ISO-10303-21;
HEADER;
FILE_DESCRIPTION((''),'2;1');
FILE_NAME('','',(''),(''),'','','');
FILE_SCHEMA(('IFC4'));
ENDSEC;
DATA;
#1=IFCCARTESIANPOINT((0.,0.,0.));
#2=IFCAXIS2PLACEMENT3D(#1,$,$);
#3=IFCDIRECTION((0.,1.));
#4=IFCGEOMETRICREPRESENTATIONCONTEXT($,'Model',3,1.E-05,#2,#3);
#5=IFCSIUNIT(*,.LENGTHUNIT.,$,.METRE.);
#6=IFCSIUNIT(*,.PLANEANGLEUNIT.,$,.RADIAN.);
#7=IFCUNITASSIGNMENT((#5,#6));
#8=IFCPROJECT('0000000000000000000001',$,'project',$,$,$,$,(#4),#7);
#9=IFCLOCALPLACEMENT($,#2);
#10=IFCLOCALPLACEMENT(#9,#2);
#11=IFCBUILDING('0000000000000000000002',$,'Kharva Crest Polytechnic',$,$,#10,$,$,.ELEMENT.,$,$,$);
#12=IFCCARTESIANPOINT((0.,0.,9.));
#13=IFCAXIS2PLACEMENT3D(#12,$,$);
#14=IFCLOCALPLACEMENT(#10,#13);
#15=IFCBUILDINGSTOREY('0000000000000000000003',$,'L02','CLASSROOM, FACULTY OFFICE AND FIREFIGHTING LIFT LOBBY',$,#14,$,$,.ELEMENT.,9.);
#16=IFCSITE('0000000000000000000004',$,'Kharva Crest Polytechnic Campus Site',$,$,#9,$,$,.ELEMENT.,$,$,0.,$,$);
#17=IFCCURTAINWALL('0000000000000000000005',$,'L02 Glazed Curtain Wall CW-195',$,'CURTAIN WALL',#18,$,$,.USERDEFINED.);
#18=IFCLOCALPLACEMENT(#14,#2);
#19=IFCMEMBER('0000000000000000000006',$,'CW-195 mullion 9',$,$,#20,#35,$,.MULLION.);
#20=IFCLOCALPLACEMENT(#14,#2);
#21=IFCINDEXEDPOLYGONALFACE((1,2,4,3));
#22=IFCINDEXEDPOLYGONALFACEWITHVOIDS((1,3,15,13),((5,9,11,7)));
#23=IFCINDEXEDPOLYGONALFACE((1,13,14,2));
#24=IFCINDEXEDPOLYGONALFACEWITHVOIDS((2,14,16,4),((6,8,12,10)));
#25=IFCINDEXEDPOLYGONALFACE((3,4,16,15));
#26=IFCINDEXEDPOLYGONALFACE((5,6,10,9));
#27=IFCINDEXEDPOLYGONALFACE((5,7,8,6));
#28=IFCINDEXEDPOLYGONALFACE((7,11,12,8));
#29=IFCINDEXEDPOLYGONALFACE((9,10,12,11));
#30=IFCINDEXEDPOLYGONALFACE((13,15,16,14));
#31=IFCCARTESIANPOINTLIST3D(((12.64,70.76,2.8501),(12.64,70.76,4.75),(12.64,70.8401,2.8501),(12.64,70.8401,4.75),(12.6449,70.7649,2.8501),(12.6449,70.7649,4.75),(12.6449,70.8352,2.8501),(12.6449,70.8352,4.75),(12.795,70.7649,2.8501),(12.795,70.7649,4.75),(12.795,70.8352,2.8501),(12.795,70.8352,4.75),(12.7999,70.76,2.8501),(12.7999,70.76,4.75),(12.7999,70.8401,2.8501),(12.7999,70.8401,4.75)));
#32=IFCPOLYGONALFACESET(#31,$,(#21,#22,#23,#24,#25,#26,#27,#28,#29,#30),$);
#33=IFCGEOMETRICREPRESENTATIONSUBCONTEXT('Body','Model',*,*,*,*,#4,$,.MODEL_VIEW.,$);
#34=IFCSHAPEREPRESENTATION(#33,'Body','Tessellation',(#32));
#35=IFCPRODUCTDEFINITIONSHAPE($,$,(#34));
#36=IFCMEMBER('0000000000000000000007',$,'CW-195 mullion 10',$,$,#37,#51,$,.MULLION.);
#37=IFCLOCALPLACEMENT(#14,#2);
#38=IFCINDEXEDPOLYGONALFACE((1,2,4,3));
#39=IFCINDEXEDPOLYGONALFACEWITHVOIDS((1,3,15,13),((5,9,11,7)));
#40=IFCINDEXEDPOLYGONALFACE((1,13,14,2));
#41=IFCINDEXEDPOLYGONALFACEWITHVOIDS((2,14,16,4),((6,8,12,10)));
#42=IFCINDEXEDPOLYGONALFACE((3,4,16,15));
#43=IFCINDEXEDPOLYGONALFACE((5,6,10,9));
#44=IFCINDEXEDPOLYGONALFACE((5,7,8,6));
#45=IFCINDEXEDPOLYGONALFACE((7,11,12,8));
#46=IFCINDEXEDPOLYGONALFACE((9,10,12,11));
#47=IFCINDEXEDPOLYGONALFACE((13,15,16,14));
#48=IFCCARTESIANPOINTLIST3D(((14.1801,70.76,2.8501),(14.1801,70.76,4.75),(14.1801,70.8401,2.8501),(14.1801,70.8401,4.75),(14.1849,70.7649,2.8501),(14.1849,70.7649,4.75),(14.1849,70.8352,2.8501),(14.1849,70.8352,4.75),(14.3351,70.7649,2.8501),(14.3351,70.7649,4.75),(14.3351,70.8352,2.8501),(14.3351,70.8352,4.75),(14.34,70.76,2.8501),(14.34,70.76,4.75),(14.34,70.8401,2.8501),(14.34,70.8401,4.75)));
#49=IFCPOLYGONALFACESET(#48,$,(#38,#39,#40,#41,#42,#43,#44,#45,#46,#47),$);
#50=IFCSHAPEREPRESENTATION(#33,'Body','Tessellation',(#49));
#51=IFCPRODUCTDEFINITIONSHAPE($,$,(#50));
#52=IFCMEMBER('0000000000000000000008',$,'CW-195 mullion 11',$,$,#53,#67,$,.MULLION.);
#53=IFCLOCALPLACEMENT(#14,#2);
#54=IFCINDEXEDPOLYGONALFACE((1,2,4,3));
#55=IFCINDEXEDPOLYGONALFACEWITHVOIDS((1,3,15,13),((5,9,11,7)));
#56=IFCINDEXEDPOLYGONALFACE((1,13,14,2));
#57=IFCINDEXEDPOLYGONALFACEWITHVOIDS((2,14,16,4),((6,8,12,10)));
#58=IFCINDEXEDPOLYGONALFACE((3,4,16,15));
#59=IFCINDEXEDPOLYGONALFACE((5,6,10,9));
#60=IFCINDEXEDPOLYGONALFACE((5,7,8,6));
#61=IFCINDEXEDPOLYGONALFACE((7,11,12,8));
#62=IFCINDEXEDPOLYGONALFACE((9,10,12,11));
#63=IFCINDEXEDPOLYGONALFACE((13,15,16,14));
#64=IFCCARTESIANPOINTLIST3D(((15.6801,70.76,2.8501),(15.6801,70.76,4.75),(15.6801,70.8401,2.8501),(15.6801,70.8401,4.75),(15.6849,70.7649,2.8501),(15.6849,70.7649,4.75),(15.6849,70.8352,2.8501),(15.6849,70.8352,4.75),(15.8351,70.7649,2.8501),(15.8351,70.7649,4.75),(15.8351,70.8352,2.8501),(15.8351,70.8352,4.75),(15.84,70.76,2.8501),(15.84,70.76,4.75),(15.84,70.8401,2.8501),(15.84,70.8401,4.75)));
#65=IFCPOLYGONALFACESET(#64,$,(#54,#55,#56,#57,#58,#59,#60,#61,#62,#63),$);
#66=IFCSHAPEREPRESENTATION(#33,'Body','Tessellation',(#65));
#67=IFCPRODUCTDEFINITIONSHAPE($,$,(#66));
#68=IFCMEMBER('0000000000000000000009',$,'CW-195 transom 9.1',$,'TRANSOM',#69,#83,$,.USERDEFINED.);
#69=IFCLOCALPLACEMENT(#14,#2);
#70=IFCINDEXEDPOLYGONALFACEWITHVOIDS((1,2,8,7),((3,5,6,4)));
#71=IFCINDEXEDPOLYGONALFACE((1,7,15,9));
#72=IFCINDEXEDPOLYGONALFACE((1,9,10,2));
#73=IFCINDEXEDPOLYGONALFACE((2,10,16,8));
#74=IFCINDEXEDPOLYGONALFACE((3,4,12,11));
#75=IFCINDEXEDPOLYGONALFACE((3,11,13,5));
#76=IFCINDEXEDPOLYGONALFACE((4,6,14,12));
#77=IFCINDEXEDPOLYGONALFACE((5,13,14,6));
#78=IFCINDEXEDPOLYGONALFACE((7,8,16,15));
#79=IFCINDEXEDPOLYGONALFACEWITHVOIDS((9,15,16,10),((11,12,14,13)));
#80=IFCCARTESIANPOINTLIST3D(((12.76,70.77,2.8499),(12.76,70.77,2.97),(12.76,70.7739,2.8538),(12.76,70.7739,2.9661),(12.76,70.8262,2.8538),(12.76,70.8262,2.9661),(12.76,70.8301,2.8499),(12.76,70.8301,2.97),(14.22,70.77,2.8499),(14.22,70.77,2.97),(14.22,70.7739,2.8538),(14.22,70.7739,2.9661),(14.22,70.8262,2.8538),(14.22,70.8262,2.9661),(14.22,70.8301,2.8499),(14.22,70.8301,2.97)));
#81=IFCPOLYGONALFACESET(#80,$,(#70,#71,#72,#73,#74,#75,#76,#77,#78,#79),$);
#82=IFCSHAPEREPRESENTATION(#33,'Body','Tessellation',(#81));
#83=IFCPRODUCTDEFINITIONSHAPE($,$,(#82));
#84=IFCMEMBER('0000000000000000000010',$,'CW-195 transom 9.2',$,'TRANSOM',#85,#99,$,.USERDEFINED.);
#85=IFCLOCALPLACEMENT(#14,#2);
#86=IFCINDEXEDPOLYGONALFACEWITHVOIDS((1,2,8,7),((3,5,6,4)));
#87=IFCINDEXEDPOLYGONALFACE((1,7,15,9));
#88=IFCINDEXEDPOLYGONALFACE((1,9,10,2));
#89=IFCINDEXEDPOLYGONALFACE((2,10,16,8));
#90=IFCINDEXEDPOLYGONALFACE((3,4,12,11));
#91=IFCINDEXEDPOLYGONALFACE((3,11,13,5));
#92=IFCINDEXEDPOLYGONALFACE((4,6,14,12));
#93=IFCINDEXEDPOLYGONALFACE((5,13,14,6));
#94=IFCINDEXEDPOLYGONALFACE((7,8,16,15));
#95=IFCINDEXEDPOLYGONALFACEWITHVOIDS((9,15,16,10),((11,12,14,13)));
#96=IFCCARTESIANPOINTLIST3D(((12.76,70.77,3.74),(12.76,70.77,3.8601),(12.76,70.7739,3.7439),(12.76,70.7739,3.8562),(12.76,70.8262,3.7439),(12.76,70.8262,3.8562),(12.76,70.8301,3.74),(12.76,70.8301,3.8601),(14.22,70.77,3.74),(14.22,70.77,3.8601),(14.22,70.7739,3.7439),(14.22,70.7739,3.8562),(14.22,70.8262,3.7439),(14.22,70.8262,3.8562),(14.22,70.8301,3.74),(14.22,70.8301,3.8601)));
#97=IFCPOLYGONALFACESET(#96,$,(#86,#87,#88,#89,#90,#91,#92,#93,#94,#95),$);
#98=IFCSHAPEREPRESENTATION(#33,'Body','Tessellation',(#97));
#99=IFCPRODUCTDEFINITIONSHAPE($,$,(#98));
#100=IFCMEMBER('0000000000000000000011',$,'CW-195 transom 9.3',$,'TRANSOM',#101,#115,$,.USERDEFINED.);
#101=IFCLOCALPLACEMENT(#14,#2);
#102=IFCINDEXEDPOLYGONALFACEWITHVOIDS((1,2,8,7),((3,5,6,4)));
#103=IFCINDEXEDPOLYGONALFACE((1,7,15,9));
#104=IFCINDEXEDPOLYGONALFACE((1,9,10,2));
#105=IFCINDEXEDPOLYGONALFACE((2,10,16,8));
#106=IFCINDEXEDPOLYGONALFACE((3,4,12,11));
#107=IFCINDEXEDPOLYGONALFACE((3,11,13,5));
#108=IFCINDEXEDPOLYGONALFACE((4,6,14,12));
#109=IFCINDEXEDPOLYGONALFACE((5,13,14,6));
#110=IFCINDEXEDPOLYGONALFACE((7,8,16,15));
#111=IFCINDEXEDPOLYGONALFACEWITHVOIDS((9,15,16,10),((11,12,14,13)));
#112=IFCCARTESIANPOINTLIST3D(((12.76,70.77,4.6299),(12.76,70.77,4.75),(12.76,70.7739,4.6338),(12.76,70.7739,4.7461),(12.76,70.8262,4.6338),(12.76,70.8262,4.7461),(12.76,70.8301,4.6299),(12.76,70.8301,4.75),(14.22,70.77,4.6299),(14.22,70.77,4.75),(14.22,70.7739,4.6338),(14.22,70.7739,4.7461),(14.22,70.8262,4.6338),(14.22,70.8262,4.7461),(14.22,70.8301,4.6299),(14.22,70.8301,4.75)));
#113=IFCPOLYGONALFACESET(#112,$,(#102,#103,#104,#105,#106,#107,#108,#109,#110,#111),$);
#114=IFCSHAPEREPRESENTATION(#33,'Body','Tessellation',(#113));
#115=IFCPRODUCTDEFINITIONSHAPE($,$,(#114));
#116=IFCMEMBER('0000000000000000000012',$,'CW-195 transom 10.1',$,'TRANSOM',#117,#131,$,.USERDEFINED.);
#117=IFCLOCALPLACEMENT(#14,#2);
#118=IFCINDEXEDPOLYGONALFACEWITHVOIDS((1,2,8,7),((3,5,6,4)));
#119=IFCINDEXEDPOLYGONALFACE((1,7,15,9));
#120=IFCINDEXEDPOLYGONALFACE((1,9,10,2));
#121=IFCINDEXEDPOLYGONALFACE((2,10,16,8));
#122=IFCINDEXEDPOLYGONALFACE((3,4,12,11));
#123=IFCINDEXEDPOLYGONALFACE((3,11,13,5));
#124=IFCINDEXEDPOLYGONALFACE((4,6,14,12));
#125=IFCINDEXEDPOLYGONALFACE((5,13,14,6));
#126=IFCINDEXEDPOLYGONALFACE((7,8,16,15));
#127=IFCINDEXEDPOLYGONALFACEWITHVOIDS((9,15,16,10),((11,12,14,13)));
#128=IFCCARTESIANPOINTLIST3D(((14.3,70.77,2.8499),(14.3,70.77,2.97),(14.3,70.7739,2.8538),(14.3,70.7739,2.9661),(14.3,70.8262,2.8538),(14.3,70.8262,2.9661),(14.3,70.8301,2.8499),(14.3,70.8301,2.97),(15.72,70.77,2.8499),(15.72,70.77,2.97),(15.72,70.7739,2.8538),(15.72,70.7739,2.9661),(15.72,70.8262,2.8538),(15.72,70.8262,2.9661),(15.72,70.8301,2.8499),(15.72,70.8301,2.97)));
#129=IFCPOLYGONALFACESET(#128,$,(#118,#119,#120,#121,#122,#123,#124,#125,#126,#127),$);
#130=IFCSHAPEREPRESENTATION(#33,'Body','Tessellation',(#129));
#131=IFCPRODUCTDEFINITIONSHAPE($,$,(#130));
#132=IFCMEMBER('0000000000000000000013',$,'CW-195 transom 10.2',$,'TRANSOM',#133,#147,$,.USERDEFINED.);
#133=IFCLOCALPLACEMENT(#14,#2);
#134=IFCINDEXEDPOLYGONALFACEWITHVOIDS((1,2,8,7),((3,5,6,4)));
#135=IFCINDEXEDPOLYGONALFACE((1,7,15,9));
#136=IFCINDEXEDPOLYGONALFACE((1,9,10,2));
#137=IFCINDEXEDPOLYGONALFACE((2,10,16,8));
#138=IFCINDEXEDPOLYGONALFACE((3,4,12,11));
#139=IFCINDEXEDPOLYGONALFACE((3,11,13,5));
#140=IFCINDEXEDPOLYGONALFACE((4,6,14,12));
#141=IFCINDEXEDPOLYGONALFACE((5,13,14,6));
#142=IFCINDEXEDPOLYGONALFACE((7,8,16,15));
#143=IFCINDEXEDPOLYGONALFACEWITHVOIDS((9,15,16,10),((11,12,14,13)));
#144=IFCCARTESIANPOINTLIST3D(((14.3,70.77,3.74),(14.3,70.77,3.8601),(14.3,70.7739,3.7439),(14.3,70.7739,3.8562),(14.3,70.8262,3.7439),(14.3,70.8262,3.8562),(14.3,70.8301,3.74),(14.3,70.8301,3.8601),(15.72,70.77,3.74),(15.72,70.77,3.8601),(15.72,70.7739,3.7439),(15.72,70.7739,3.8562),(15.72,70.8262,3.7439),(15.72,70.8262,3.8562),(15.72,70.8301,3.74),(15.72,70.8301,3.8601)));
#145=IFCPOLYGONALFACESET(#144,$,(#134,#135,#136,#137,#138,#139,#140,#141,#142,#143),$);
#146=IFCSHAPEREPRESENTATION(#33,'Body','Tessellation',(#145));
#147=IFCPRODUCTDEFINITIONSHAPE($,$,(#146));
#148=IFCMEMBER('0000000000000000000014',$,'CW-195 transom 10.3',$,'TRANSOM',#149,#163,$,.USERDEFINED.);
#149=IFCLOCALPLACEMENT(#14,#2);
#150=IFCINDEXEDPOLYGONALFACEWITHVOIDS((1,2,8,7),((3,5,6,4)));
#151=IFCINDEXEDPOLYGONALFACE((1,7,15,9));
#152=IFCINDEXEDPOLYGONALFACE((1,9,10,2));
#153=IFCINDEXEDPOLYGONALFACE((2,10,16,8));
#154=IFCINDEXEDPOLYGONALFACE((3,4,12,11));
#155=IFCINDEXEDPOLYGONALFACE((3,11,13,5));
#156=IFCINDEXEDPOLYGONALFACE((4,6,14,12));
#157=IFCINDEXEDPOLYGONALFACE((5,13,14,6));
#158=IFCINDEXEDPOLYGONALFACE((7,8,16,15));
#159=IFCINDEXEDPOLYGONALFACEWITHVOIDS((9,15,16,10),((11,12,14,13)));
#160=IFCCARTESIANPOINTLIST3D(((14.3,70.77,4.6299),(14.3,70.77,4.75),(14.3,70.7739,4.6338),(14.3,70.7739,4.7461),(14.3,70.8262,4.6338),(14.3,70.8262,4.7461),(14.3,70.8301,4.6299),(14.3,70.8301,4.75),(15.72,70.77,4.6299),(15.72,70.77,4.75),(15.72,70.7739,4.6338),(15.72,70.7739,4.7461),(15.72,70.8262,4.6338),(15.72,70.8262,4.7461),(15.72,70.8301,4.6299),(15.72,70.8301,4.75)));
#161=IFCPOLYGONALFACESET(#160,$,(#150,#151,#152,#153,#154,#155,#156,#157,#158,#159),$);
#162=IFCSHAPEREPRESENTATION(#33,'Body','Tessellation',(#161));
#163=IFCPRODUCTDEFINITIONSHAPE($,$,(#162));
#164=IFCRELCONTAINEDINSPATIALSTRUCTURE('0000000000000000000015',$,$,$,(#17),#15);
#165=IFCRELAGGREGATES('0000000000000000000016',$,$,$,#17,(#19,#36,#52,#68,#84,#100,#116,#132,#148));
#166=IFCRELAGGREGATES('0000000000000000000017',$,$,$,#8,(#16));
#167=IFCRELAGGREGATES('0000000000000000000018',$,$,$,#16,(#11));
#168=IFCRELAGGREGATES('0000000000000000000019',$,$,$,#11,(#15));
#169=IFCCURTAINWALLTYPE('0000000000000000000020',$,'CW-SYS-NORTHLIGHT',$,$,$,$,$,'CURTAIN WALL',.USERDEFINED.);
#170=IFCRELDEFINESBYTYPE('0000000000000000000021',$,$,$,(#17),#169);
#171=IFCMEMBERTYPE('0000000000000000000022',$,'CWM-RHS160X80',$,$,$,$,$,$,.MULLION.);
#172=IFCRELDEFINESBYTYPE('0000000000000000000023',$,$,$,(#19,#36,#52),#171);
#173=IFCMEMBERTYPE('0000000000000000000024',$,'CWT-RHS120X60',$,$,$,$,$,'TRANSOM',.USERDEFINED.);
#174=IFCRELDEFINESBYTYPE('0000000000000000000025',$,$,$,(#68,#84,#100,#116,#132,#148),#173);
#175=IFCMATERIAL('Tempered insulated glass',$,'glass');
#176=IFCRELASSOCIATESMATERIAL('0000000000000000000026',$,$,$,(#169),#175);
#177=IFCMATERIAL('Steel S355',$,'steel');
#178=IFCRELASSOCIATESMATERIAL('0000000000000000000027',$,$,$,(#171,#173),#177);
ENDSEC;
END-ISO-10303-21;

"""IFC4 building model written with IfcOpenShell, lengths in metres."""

from ifc_helpers import new_model, si_unit, direction, frame, origin, origin_2d, place, context, subcontext, project, spatial, hollow_rectangle, extrude, material, material_profile, profile_set, type_object, element, aggregate, save


model = new_model("IFC4")

# Units and contexts
model_context = context("Model", 3, precision=1e-05, world=origin(), true_north=direction((0.0, 1.0)))
body_context = subcontext(model_context, "Body", "Model", "MODEL_VIEW")
ifc_project = project(units=[si_unit("LENGTHUNIT", "METRE"), si_unit("PLANEANGLEUNIT", "RADIAN")], contexts=[model_context])

# Site, building, storey
site_placement = place(None, origin())
site = spatial("IfcSite", under=ifc_project, at=site_placement, Name="Kharva Crest Polytechnic Campus Site", CompositionType="ELEMENT", RefElevation=0.0)
building_placement = place(site_placement, origin())
building = spatial("IfcBuilding", under=site, at=building_placement, Name="Kharva Crest Polytechnic", CompositionType="ELEMENT")
storey_placement = place(building_placement, frame((0.0, 0.0, 9.0)))
storey = spatial("IfcBuildingStorey", under=building, at=storey_placement, Name="L02", Description="CLASSROOM, FACULTY OFFICE AND FIREFIGHTING LIFT LOBBY", CompositionType="ELEMENT", Elevation=9.0)

# Curtain wall, members
ifc_material_1 = material(Name="Tempered insulated glass", Category="glass")
curtain_wall_type = type_object("IfcCurtainWallType", Name="CW-SYS-NORTHLIGHT", ElementType="CURTAIN WALL", PredefinedType="USERDEFINED", material=ifc_material_1)
curtain_wall_placement = place(storey_placement, origin())
curtain_wall = element("IfcCurtainWall", 1, at=curtain_wall_placement, inside=storey, type_object=curtain_wall_type, Name="L02 Glazed Curtain Wall CW-195", ObjectType="CURTAIN WALL", PredefinedType="USERDEFINED")
ifc_material_2 = material(Name="Steel S355", Category="steel")
ifc_material_profile_1 = material_profile(ifc_material_2, hollow_rectangle(XDim=0.0801, YDim=0.1599, WallThickness=0.0049, at=origin_2d()), Name="RHS 160X80X5.0")
ifc_profile_set_1 = profile_set([ifc_material_profile_1], Name="Steel S355")
member_type_1 = type_object("IfcMemberType", Name="CWM-RHS160X80", PredefinedType="MULLION", material=ifc_profile_set_1)
member_1_placement = place(storey_placement, frame((12.72, 70.8, 2.8501), z_axis=(0.0, 0.0, 1.0), x_axis=(0.0, 1.0, 0.0)))
member_1 = element("IfcMember", 2, at=member_1_placement, type_object=member_type_1, Name="CW-195 mullion 9", PredefinedType="MULLION", context=body_context, shape_type="SweptSolid", body=[
    extrude(hollow_rectangle(XDim=0.0801, YDim=0.1599, WallThickness=0.0049, at=origin_2d()), origin(), (0.0, 0.0, 1.0), 1.8999),
])
member_2_placement = place(storey_placement, frame((14.26, 70.8, 2.8501), z_axis=(0.0, 0.0, 1.0), x_axis=(0.0, 1.0, 0.0)))
member_2 = element("IfcMember", 3, at=member_2_placement, type_object=member_type_1, Name="CW-195 mullion 10", PredefinedType="MULLION", context=body_context, shape_type="SweptSolid", body=[
    extrude(hollow_rectangle(XDim=0.0801, YDim=0.1599, WallThickness=0.0049, at=origin_2d()), origin(), (0.0, 0.0, 1.0), 1.8999),
])
member_3_placement = place(storey_placement, frame((15.76, 70.8, 2.8501), z_axis=(0.0, 0.0, 1.0), x_axis=(0.0, 1.0, 0.0)))
member_3 = element("IfcMember", 4, at=member_3_placement, type_object=member_type_1, Name="CW-195 mullion 11", PredefinedType="MULLION", context=body_context, shape_type="SweptSolid", body=[
    extrude(hollow_rectangle(XDim=0.0801, YDim=0.1599, WallThickness=0.0049, at=origin_2d()), origin(), (0.0, 0.0, 1.0), 1.8999),
])
ifc_material_profile_2 = material_profile(ifc_material_2, hollow_rectangle(XDim=0.0601, YDim=0.1201, WallThickness=0.0039, at=origin_2d()), Name="RHS 120X60X4.0")
ifc_profile_set_2 = profile_set([ifc_material_profile_2], Name="Steel S355")
member_type_2 = type_object("IfcMemberType", Name="CWT-RHS120X60", ElementType="TRANSOM", PredefinedType="USERDEFINED", material=ifc_profile_set_2)
member_4_placement = place(storey_placement, frame((12.76, 70.8, 2.9099), z_axis=(1.0, 0.0, 0.0), x_axis=(0.0, 1.0, 0.0)))
member_4 = element("IfcMember", 5, at=member_4_placement, type_object=member_type_2, Name="CW-195 transom 9.1", ObjectType="TRANSOM", PredefinedType="USERDEFINED", context=body_context, shape_type="SweptSolid", body=[
    extrude(hollow_rectangle(XDim=0.0601, YDim=0.1201, WallThickness=0.0039, at=origin_2d()), origin(), (0.0, 0.0, 1.0), 1.46),
])
member_5_placement = place(storey_placement, frame((12.76, 70.8, 3.8), z_axis=(1.0, 0.0, 0.0), x_axis=(0.0, 1.0, 0.0)))
member_5 = element("IfcMember", 6, at=member_5_placement, type_object=member_type_2, Name="CW-195 transom 9.2", ObjectType="TRANSOM", PredefinedType="USERDEFINED", context=body_context, shape_type="SweptSolid", body=[
    extrude(hollow_rectangle(XDim=0.0601, YDim=0.1201, WallThickness=0.0039, at=origin_2d()), origin(), (0.0, 0.0, 1.0), 1.46),
])
member_6_placement = place(storey_placement, frame((12.76, 70.8, 4.6899), z_axis=(1.0, 0.0, 0.0), x_axis=(0.0, 1.0, 0.0)))
member_6 = element("IfcMember", 7, at=member_6_placement, type_object=member_type_2, Name="CW-195 transom 9.3", ObjectType="TRANSOM", PredefinedType="USERDEFINED", context=body_context, shape_type="SweptSolid", body=[
    extrude(hollow_rectangle(XDim=0.0601, YDim=0.1201, WallThickness=0.0039, at=origin_2d()), origin(), (0.0, 0.0, 1.0), 1.46),
])
member_7_placement = place(storey_placement, frame((14.3, 70.8, 2.9099), z_axis=(1.0, 0.0, 0.0), x_axis=(0.0, 1.0, 0.0)))
member_7 = element("IfcMember", 8, at=member_7_placement, type_object=member_type_2, Name="CW-195 transom 10.1", ObjectType="TRANSOM", PredefinedType="USERDEFINED", context=body_context, shape_type="SweptSolid", body=[
    extrude(hollow_rectangle(XDim=0.0601, YDim=0.1201, WallThickness=0.0039, at=origin_2d()), origin(), (0.0, 0.0, 1.0), 1.4199),
])
member_8_placement = place(storey_placement, frame((14.3, 70.8, 3.8), z_axis=(1.0, 0.0, 0.0), x_axis=(0.0, 1.0, 0.0)))
member_8 = element("IfcMember", 9, at=member_8_placement, type_object=member_type_2, Name="CW-195 transom 10.2", ObjectType="TRANSOM", PredefinedType="USERDEFINED", context=body_context, shape_type="SweptSolid", body=[
    extrude(hollow_rectangle(XDim=0.0601, YDim=0.1201, WallThickness=0.0039, at=origin_2d()), origin(), (0.0, 0.0, 1.0), 1.4199),
])
member_9_placement = place(storey_placement, frame((14.3, 70.8, 4.6899), z_axis=(1.0, 0.0, 0.0), x_axis=(0.0, 1.0, 0.0)))
member_9 = element("IfcMember", 10, at=member_9_placement, type_object=member_type_2, Name="CW-195 transom 10.3", ObjectType="TRANSOM", PredefinedType="USERDEFINED", context=body_context, shape_type="SweptSolid", body=[
    extrude(hollow_rectangle(XDim=0.0601, YDim=0.1201, WallThickness=0.0039, at=origin_2d()), origin(), (0.0, 0.0, 1.0), 1.4199),
])

aggregate(curtain_wall, [member_1, member_2, member_3, member_4, member_5, member_6, member_7, member_8, member_9])

save(model, "model.ifc")
